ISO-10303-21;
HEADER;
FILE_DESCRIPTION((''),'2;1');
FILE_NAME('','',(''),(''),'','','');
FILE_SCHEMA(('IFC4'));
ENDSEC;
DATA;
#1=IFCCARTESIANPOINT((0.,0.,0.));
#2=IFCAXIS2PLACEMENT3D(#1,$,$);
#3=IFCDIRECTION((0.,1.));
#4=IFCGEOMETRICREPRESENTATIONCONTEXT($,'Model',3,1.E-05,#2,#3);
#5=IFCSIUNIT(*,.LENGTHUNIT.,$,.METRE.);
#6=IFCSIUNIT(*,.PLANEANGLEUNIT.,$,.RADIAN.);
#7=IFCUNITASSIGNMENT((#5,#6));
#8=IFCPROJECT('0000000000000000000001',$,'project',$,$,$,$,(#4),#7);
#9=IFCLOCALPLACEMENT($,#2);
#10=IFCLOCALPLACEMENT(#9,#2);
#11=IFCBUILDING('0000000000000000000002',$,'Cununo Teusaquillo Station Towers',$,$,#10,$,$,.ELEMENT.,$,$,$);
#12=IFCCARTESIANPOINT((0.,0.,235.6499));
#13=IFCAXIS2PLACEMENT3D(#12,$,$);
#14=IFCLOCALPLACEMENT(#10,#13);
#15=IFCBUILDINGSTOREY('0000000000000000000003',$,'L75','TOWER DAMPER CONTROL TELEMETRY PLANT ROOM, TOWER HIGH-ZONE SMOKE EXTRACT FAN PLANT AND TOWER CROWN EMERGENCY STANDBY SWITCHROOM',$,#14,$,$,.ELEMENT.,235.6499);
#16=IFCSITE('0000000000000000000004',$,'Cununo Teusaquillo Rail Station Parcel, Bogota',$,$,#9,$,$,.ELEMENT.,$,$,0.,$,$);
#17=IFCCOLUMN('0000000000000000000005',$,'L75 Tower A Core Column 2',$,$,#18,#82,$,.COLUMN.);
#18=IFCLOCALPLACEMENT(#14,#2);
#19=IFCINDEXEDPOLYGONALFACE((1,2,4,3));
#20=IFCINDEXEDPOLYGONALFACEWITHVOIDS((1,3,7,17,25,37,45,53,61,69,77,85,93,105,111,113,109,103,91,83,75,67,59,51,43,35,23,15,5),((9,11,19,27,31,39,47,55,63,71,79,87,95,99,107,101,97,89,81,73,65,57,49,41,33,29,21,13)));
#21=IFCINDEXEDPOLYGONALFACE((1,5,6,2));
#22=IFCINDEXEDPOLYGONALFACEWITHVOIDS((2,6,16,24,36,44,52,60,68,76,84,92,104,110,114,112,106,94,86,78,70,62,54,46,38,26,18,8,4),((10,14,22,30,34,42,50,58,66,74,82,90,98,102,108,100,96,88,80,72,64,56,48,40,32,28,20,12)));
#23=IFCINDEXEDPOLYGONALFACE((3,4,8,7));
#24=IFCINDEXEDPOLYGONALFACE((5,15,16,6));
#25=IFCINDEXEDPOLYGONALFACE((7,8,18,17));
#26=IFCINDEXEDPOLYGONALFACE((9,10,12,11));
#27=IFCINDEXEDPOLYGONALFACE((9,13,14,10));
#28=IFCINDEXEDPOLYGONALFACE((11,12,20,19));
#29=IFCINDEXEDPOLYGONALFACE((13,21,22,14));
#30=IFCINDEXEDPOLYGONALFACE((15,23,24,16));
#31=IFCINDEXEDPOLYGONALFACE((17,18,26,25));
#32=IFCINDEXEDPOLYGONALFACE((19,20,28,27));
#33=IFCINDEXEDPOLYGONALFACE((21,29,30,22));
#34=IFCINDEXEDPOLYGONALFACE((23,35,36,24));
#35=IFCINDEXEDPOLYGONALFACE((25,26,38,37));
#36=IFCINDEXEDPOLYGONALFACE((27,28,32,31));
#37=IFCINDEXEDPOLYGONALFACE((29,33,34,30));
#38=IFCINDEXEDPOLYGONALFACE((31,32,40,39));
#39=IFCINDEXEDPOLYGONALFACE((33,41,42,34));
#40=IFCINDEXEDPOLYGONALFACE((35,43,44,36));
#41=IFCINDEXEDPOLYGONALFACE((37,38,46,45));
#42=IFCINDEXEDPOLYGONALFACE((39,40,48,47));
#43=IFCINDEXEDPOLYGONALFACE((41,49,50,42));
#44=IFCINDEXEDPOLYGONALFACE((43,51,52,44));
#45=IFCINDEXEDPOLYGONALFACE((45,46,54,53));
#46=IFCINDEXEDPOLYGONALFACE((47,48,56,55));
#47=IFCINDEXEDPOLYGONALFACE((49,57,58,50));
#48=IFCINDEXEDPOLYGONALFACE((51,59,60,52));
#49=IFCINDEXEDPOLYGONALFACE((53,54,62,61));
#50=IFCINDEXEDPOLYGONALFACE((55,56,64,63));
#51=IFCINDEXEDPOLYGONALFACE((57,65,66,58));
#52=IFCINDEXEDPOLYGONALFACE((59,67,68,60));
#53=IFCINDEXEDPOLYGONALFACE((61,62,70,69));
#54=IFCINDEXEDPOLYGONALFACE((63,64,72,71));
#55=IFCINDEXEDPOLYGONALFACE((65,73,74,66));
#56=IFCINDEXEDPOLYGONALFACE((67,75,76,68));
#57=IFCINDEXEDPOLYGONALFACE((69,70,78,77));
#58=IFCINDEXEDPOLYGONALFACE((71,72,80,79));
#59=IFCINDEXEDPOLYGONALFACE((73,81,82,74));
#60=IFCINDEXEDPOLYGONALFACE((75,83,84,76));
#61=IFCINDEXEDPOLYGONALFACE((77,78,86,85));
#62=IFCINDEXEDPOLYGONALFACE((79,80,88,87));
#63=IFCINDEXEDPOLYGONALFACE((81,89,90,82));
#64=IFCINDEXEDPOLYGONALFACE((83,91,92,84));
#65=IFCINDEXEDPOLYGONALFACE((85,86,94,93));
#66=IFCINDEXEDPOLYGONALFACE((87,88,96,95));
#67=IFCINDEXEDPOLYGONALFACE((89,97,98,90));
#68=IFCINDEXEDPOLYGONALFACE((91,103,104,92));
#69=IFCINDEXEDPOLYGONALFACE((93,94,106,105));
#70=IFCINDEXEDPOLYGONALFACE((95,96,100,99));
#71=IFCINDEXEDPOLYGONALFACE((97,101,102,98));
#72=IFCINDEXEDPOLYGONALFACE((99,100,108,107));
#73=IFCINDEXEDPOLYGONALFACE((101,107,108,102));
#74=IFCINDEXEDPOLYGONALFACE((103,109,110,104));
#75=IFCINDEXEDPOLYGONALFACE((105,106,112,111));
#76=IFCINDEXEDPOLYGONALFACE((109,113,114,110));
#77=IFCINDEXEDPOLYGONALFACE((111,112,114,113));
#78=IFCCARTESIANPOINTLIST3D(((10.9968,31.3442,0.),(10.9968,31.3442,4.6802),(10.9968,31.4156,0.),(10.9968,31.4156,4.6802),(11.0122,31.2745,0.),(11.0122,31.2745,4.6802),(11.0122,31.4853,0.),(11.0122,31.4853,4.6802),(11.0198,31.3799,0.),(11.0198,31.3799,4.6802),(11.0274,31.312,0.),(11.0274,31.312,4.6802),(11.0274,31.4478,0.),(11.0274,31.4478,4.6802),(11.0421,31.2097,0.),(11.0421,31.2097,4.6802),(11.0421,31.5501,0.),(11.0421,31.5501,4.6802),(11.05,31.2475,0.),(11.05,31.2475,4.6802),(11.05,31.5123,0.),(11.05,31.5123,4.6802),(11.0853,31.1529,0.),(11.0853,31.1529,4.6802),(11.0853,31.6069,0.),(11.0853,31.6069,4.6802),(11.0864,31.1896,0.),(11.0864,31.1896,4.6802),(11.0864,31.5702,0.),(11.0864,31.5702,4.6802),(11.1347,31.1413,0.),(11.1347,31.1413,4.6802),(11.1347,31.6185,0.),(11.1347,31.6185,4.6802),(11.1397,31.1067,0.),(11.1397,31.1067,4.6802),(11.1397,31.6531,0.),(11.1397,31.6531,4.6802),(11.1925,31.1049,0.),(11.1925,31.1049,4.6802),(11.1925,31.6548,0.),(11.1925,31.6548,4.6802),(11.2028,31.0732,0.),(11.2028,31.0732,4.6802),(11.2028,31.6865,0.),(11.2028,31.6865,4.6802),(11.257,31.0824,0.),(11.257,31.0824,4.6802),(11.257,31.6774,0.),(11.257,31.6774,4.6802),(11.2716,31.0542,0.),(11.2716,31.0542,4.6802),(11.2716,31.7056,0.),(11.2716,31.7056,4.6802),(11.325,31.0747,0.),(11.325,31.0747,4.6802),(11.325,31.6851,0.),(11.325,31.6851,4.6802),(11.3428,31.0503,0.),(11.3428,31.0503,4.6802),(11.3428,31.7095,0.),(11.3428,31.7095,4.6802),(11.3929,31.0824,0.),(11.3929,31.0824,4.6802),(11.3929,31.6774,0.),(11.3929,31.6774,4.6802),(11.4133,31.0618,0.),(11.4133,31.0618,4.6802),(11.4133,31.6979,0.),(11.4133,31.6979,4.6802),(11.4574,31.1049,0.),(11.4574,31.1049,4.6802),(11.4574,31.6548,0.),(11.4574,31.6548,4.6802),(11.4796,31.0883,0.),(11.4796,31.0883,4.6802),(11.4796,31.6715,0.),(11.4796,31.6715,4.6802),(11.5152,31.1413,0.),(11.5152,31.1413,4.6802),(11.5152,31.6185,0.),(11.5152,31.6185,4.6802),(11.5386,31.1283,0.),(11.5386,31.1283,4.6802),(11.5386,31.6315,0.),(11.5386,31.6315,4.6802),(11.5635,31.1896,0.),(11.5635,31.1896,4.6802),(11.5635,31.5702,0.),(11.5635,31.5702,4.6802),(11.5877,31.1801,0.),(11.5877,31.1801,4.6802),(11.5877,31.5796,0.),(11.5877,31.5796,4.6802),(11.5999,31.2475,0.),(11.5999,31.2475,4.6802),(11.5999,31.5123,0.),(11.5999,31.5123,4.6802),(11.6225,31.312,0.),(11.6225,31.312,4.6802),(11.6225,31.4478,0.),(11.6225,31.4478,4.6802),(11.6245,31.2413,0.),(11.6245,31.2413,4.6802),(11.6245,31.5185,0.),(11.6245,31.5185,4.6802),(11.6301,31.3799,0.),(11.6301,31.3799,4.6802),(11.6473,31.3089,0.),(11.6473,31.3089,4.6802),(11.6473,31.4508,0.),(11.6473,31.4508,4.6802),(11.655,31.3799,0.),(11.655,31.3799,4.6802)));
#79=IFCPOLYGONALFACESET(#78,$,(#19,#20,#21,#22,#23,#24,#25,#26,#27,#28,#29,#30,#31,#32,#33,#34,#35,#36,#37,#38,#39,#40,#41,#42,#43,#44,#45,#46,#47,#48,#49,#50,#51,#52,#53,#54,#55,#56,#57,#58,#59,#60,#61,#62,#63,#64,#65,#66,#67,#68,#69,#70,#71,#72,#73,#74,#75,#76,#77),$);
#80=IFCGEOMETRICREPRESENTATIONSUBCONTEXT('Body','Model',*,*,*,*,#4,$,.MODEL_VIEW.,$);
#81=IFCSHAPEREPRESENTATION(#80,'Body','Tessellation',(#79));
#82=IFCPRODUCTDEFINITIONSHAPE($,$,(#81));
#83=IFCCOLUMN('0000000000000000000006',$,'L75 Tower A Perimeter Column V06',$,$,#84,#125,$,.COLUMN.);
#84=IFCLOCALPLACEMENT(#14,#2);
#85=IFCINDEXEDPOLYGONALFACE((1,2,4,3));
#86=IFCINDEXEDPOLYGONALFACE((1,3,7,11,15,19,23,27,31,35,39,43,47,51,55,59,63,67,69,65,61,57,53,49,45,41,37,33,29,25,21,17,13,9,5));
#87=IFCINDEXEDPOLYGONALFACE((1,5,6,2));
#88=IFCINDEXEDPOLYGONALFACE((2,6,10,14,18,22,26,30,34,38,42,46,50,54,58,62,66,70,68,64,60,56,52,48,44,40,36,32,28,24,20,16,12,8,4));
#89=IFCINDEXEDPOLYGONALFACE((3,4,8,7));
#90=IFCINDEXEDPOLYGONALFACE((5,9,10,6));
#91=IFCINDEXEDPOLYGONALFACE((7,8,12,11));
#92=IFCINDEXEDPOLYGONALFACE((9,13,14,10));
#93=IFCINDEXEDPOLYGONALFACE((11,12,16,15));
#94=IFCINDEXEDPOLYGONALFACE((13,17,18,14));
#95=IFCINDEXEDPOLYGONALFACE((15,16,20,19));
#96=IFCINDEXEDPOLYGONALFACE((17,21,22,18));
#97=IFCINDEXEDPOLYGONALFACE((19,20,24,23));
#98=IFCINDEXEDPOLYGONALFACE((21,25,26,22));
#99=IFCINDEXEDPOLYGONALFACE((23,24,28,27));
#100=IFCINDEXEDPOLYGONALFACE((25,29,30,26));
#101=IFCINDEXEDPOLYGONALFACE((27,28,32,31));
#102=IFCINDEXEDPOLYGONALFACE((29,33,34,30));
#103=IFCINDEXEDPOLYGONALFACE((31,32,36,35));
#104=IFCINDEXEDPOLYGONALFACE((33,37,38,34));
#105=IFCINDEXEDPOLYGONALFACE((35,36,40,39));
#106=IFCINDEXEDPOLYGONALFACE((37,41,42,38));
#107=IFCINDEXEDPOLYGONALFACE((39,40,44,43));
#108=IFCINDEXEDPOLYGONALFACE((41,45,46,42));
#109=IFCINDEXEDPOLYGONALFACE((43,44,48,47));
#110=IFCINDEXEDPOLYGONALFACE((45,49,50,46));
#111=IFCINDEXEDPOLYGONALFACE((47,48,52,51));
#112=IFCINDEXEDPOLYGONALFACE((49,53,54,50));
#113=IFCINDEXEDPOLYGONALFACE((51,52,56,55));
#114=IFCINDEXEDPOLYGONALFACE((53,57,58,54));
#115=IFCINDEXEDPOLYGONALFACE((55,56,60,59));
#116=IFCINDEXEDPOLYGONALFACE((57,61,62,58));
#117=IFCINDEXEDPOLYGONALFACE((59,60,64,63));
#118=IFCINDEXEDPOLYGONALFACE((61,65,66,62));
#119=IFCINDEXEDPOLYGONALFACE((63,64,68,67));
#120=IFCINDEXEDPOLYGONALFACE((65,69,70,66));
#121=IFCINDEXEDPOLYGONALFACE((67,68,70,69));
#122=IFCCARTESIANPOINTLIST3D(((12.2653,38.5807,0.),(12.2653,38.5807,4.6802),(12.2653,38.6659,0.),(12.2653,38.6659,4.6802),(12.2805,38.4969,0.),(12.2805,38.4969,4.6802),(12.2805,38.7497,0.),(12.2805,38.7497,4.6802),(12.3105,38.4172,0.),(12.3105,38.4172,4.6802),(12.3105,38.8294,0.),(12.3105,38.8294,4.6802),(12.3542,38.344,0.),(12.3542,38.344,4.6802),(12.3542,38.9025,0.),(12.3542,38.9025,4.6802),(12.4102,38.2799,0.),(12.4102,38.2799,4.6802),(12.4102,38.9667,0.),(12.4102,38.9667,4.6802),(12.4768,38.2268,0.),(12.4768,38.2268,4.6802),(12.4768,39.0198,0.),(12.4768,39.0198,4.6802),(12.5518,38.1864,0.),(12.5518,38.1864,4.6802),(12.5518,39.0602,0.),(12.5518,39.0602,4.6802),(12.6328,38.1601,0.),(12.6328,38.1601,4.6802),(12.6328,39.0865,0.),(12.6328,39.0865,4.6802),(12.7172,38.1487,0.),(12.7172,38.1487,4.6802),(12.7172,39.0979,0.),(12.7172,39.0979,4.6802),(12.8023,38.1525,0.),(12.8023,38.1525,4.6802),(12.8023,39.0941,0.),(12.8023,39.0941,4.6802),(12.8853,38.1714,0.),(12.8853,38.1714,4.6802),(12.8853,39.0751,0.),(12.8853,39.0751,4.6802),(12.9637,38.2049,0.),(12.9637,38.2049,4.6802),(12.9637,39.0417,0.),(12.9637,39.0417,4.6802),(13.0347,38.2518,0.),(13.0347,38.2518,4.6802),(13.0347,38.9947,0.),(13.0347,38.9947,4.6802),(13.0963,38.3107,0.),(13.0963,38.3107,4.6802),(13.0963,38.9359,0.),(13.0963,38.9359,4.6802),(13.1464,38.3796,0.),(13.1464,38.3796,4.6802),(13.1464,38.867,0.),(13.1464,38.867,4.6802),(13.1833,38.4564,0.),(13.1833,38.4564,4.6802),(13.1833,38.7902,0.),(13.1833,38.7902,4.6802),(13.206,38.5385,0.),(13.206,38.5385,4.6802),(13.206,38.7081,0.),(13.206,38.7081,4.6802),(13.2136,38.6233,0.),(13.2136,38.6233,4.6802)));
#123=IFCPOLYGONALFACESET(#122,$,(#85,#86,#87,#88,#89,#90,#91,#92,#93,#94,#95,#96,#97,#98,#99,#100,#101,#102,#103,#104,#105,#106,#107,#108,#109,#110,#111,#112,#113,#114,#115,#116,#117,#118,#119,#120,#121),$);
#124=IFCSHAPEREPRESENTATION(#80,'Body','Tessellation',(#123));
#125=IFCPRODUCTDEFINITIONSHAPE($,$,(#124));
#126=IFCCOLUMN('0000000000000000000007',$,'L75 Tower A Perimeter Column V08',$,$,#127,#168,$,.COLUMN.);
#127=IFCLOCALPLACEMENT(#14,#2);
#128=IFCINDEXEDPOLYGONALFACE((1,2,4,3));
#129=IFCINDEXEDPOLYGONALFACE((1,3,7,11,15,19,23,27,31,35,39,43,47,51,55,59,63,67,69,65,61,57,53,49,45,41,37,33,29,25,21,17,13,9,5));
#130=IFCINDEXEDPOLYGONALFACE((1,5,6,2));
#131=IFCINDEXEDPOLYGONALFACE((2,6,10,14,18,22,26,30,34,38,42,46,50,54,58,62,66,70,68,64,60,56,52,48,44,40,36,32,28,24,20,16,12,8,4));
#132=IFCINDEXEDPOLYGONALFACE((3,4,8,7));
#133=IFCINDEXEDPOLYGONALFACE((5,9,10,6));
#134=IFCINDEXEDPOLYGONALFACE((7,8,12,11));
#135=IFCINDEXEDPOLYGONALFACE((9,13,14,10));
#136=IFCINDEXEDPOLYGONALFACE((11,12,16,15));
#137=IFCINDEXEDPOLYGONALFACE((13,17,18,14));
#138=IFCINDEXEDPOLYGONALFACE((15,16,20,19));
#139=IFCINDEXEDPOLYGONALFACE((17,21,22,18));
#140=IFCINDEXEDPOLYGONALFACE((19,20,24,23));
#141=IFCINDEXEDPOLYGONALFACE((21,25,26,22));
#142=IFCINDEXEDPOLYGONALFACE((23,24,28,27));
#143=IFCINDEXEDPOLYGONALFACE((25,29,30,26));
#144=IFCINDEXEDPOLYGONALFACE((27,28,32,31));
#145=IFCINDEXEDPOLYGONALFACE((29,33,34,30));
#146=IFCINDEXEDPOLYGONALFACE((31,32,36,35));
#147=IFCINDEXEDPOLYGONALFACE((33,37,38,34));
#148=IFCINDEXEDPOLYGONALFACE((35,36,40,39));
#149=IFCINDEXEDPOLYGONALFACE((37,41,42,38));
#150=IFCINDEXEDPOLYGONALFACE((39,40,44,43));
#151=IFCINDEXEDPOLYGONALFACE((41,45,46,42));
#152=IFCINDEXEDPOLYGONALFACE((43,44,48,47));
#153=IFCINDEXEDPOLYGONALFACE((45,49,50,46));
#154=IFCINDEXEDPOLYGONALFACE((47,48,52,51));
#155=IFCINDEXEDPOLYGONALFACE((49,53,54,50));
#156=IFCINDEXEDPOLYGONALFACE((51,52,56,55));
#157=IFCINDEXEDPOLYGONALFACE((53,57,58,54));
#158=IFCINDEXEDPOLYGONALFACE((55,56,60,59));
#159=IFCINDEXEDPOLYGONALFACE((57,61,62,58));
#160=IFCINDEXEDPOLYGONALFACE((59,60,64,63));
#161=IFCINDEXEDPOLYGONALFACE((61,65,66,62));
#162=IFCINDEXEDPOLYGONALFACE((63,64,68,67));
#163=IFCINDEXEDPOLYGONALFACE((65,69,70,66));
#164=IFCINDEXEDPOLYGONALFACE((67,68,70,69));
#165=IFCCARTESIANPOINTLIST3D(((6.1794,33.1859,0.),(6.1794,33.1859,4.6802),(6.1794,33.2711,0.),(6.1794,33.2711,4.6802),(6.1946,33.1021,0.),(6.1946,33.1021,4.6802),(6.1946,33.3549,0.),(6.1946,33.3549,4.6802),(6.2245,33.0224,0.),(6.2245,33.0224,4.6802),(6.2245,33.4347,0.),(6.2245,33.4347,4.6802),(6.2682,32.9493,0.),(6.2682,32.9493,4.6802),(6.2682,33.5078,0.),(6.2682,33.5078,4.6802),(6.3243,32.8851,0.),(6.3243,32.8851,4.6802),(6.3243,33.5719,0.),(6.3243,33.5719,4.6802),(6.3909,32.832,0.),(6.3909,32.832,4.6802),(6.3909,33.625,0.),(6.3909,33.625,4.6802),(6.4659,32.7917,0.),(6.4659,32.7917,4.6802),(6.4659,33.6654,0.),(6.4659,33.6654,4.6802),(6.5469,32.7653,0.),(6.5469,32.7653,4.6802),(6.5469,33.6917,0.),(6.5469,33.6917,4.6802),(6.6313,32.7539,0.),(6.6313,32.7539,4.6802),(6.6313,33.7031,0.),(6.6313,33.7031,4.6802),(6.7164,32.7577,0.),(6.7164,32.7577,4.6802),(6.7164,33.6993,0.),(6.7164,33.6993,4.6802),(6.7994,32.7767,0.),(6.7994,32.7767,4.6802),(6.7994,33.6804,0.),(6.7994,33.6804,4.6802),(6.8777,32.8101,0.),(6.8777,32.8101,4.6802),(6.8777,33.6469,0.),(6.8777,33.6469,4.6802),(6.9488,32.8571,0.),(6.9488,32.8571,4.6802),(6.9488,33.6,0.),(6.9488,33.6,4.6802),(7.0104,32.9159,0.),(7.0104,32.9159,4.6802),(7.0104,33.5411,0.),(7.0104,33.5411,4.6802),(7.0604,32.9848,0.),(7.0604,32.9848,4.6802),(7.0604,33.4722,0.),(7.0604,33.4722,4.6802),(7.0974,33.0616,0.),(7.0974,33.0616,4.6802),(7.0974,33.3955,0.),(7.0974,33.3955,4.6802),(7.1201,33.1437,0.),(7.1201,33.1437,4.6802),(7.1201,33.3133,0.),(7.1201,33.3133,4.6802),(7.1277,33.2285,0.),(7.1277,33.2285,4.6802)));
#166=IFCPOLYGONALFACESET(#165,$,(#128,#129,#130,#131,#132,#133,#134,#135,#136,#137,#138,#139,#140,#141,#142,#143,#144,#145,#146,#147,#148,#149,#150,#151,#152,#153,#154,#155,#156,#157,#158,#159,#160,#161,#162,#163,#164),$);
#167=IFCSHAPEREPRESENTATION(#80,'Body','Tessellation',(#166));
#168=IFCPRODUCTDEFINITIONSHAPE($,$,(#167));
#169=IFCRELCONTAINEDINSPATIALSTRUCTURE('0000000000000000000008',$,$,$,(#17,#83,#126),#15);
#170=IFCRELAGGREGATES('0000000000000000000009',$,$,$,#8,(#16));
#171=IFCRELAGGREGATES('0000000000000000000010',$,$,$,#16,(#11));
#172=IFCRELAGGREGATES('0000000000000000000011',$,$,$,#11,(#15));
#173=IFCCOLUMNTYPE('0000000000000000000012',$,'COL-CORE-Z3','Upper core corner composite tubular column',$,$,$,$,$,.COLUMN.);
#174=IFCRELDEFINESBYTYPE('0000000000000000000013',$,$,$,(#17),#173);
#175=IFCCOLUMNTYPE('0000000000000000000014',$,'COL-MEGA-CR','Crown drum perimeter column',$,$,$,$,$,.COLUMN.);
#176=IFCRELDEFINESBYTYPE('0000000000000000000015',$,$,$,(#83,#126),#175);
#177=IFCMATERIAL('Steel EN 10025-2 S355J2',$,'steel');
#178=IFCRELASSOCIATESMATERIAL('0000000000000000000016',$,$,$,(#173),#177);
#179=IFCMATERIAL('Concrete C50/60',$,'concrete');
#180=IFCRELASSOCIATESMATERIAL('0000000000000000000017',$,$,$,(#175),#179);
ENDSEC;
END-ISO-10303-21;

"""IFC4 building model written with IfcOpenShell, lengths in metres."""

from ifc_helpers import new_model, si_unit, direction, frame, origin, origin_2d, place, context, subcontext, project, spatial, circle, hollow_circle, extrude, material, material_profile, profile_set, type_object, element, save


model = new_model("IFC4")

# Units and contexts
model_context = context("Model", 3, precision=1e-05, world=origin(), true_north=direction((0.0, 1.0)))
body_context = subcontext(model_context, "Body", "Model", "MODEL_VIEW")
ifc_project = project(units=[si_unit("LENGTHUNIT", "METRE"), si_unit("PLANEANGLEUNIT", "RADIAN")], contexts=[model_context])

# Site, building, storey
site_placement = place(None, origin())
site = spatial("IfcSite", under=ifc_project, at=site_placement, Name="Cununo Teusaquillo Rail Station Parcel, Bogota", CompositionType="ELEMENT", RefElevation=0.0)
building_placement = place(site_placement, origin())
building = spatial("IfcBuilding", under=site, at=building_placement, Name="Cununo Teusaquillo Station Towers", CompositionType="ELEMENT")
storey_placement = place(building_placement, frame((0.0, 0.0, 235.6499)))
storey = spatial("IfcBuildingStorey", under=building, at=storey_placement, Name="L75", Description="TOWER DAMPER CONTROL TELEMETRY PLANT ROOM, TOWER HIGH-ZONE SMOKE EXTRACT FAN PLANT AND TOWER CROWN EMERGENCY STANDBY SWITCHROOM", CompositionType="ELEMENT", Elevation=235.6499)

# Columns
ifc_material_1 = material(Name="Steel EN 10025-2 S355J2", Category="steel")
ifc_material_profile_1 = material_profile(ifc_material_1, hollow_circle(Radius=0.3301, WallThickness=0.0249, at=origin_2d()), Name="CHS 660x25")
ifc_profile_set_1 = profile_set([ifc_material_profile_1], Name="Steel EN 10025-2 S355J2")
column_type_1 = type_object("IfcColumnType", Name="COL-CORE-Z3", Description="Upper core corner composite tubular column", PredefinedType="COLUMN", material=ifc_profile_set_1)
column_placement = place(storey_placement, frame((11.325, 31.3799, 0.0), z_axis=(0.0, 0.0, 1.0), x_axis=(1.0, 0.0, 0.0)))
element("IfcColumn", 1, at=column_placement, inside=storey, type_object=column_type_1, Name="L75 Tower A Core Column 2", PredefinedType="COLUMN", context=body_context, shape_type="SweptSolid", body=[
    extrude(hollow_circle(Radius=0.3301, WallThickness=0.0249, at=origin_2d()), origin(), (0.0, 0.0, 1.0), 4.6802),
])
ifc_material_2 = material(Name="Concrete C50/60", Category="concrete")
ifc_material_profile_2 = material_profile(ifc_material_2, circle(Radius=0.4751, at=origin_2d()), Name="RC-CIRC-950")
ifc_profile_set_2 = profile_set([ifc_material_profile_2], Name="Concrete C50/60")
column_type_2 = type_object("IfcColumnType", Name="COL-MEGA-CR", Description="Crown drum perimeter column", PredefinedType="COLUMN", material=ifc_profile_set_2)
for number, where, z_axis, x_axis, name in (
    (2, (12.7385, 38.6233, 0.0), (0.0, 0.0, 1.0), (1.0, 0.0, 0.0), "L75 Tower A Perimeter Column V06"),
    (3, (6.6526, 33.2285, 0.0), (0.0, 0.0, 1.0), (1.0, 0.0, 0.0), "L75 Tower A Perimeter Column V08"),
):
    element("IfcColumn", number, at=place(storey_placement, frame(where, z_axis=z_axis, x_axis=x_axis)), inside=storey, type_object=column_type_2, Name=name, PredefinedType="COLUMN", context=body_context, shape_type="SweptSolid", body=[
        extrude(circle(Radius=0.4751, at=origin_2d()), origin(), (0.0, 0.0, 1.0), 4.6802),
    ])

save(model, "model.ifc")
